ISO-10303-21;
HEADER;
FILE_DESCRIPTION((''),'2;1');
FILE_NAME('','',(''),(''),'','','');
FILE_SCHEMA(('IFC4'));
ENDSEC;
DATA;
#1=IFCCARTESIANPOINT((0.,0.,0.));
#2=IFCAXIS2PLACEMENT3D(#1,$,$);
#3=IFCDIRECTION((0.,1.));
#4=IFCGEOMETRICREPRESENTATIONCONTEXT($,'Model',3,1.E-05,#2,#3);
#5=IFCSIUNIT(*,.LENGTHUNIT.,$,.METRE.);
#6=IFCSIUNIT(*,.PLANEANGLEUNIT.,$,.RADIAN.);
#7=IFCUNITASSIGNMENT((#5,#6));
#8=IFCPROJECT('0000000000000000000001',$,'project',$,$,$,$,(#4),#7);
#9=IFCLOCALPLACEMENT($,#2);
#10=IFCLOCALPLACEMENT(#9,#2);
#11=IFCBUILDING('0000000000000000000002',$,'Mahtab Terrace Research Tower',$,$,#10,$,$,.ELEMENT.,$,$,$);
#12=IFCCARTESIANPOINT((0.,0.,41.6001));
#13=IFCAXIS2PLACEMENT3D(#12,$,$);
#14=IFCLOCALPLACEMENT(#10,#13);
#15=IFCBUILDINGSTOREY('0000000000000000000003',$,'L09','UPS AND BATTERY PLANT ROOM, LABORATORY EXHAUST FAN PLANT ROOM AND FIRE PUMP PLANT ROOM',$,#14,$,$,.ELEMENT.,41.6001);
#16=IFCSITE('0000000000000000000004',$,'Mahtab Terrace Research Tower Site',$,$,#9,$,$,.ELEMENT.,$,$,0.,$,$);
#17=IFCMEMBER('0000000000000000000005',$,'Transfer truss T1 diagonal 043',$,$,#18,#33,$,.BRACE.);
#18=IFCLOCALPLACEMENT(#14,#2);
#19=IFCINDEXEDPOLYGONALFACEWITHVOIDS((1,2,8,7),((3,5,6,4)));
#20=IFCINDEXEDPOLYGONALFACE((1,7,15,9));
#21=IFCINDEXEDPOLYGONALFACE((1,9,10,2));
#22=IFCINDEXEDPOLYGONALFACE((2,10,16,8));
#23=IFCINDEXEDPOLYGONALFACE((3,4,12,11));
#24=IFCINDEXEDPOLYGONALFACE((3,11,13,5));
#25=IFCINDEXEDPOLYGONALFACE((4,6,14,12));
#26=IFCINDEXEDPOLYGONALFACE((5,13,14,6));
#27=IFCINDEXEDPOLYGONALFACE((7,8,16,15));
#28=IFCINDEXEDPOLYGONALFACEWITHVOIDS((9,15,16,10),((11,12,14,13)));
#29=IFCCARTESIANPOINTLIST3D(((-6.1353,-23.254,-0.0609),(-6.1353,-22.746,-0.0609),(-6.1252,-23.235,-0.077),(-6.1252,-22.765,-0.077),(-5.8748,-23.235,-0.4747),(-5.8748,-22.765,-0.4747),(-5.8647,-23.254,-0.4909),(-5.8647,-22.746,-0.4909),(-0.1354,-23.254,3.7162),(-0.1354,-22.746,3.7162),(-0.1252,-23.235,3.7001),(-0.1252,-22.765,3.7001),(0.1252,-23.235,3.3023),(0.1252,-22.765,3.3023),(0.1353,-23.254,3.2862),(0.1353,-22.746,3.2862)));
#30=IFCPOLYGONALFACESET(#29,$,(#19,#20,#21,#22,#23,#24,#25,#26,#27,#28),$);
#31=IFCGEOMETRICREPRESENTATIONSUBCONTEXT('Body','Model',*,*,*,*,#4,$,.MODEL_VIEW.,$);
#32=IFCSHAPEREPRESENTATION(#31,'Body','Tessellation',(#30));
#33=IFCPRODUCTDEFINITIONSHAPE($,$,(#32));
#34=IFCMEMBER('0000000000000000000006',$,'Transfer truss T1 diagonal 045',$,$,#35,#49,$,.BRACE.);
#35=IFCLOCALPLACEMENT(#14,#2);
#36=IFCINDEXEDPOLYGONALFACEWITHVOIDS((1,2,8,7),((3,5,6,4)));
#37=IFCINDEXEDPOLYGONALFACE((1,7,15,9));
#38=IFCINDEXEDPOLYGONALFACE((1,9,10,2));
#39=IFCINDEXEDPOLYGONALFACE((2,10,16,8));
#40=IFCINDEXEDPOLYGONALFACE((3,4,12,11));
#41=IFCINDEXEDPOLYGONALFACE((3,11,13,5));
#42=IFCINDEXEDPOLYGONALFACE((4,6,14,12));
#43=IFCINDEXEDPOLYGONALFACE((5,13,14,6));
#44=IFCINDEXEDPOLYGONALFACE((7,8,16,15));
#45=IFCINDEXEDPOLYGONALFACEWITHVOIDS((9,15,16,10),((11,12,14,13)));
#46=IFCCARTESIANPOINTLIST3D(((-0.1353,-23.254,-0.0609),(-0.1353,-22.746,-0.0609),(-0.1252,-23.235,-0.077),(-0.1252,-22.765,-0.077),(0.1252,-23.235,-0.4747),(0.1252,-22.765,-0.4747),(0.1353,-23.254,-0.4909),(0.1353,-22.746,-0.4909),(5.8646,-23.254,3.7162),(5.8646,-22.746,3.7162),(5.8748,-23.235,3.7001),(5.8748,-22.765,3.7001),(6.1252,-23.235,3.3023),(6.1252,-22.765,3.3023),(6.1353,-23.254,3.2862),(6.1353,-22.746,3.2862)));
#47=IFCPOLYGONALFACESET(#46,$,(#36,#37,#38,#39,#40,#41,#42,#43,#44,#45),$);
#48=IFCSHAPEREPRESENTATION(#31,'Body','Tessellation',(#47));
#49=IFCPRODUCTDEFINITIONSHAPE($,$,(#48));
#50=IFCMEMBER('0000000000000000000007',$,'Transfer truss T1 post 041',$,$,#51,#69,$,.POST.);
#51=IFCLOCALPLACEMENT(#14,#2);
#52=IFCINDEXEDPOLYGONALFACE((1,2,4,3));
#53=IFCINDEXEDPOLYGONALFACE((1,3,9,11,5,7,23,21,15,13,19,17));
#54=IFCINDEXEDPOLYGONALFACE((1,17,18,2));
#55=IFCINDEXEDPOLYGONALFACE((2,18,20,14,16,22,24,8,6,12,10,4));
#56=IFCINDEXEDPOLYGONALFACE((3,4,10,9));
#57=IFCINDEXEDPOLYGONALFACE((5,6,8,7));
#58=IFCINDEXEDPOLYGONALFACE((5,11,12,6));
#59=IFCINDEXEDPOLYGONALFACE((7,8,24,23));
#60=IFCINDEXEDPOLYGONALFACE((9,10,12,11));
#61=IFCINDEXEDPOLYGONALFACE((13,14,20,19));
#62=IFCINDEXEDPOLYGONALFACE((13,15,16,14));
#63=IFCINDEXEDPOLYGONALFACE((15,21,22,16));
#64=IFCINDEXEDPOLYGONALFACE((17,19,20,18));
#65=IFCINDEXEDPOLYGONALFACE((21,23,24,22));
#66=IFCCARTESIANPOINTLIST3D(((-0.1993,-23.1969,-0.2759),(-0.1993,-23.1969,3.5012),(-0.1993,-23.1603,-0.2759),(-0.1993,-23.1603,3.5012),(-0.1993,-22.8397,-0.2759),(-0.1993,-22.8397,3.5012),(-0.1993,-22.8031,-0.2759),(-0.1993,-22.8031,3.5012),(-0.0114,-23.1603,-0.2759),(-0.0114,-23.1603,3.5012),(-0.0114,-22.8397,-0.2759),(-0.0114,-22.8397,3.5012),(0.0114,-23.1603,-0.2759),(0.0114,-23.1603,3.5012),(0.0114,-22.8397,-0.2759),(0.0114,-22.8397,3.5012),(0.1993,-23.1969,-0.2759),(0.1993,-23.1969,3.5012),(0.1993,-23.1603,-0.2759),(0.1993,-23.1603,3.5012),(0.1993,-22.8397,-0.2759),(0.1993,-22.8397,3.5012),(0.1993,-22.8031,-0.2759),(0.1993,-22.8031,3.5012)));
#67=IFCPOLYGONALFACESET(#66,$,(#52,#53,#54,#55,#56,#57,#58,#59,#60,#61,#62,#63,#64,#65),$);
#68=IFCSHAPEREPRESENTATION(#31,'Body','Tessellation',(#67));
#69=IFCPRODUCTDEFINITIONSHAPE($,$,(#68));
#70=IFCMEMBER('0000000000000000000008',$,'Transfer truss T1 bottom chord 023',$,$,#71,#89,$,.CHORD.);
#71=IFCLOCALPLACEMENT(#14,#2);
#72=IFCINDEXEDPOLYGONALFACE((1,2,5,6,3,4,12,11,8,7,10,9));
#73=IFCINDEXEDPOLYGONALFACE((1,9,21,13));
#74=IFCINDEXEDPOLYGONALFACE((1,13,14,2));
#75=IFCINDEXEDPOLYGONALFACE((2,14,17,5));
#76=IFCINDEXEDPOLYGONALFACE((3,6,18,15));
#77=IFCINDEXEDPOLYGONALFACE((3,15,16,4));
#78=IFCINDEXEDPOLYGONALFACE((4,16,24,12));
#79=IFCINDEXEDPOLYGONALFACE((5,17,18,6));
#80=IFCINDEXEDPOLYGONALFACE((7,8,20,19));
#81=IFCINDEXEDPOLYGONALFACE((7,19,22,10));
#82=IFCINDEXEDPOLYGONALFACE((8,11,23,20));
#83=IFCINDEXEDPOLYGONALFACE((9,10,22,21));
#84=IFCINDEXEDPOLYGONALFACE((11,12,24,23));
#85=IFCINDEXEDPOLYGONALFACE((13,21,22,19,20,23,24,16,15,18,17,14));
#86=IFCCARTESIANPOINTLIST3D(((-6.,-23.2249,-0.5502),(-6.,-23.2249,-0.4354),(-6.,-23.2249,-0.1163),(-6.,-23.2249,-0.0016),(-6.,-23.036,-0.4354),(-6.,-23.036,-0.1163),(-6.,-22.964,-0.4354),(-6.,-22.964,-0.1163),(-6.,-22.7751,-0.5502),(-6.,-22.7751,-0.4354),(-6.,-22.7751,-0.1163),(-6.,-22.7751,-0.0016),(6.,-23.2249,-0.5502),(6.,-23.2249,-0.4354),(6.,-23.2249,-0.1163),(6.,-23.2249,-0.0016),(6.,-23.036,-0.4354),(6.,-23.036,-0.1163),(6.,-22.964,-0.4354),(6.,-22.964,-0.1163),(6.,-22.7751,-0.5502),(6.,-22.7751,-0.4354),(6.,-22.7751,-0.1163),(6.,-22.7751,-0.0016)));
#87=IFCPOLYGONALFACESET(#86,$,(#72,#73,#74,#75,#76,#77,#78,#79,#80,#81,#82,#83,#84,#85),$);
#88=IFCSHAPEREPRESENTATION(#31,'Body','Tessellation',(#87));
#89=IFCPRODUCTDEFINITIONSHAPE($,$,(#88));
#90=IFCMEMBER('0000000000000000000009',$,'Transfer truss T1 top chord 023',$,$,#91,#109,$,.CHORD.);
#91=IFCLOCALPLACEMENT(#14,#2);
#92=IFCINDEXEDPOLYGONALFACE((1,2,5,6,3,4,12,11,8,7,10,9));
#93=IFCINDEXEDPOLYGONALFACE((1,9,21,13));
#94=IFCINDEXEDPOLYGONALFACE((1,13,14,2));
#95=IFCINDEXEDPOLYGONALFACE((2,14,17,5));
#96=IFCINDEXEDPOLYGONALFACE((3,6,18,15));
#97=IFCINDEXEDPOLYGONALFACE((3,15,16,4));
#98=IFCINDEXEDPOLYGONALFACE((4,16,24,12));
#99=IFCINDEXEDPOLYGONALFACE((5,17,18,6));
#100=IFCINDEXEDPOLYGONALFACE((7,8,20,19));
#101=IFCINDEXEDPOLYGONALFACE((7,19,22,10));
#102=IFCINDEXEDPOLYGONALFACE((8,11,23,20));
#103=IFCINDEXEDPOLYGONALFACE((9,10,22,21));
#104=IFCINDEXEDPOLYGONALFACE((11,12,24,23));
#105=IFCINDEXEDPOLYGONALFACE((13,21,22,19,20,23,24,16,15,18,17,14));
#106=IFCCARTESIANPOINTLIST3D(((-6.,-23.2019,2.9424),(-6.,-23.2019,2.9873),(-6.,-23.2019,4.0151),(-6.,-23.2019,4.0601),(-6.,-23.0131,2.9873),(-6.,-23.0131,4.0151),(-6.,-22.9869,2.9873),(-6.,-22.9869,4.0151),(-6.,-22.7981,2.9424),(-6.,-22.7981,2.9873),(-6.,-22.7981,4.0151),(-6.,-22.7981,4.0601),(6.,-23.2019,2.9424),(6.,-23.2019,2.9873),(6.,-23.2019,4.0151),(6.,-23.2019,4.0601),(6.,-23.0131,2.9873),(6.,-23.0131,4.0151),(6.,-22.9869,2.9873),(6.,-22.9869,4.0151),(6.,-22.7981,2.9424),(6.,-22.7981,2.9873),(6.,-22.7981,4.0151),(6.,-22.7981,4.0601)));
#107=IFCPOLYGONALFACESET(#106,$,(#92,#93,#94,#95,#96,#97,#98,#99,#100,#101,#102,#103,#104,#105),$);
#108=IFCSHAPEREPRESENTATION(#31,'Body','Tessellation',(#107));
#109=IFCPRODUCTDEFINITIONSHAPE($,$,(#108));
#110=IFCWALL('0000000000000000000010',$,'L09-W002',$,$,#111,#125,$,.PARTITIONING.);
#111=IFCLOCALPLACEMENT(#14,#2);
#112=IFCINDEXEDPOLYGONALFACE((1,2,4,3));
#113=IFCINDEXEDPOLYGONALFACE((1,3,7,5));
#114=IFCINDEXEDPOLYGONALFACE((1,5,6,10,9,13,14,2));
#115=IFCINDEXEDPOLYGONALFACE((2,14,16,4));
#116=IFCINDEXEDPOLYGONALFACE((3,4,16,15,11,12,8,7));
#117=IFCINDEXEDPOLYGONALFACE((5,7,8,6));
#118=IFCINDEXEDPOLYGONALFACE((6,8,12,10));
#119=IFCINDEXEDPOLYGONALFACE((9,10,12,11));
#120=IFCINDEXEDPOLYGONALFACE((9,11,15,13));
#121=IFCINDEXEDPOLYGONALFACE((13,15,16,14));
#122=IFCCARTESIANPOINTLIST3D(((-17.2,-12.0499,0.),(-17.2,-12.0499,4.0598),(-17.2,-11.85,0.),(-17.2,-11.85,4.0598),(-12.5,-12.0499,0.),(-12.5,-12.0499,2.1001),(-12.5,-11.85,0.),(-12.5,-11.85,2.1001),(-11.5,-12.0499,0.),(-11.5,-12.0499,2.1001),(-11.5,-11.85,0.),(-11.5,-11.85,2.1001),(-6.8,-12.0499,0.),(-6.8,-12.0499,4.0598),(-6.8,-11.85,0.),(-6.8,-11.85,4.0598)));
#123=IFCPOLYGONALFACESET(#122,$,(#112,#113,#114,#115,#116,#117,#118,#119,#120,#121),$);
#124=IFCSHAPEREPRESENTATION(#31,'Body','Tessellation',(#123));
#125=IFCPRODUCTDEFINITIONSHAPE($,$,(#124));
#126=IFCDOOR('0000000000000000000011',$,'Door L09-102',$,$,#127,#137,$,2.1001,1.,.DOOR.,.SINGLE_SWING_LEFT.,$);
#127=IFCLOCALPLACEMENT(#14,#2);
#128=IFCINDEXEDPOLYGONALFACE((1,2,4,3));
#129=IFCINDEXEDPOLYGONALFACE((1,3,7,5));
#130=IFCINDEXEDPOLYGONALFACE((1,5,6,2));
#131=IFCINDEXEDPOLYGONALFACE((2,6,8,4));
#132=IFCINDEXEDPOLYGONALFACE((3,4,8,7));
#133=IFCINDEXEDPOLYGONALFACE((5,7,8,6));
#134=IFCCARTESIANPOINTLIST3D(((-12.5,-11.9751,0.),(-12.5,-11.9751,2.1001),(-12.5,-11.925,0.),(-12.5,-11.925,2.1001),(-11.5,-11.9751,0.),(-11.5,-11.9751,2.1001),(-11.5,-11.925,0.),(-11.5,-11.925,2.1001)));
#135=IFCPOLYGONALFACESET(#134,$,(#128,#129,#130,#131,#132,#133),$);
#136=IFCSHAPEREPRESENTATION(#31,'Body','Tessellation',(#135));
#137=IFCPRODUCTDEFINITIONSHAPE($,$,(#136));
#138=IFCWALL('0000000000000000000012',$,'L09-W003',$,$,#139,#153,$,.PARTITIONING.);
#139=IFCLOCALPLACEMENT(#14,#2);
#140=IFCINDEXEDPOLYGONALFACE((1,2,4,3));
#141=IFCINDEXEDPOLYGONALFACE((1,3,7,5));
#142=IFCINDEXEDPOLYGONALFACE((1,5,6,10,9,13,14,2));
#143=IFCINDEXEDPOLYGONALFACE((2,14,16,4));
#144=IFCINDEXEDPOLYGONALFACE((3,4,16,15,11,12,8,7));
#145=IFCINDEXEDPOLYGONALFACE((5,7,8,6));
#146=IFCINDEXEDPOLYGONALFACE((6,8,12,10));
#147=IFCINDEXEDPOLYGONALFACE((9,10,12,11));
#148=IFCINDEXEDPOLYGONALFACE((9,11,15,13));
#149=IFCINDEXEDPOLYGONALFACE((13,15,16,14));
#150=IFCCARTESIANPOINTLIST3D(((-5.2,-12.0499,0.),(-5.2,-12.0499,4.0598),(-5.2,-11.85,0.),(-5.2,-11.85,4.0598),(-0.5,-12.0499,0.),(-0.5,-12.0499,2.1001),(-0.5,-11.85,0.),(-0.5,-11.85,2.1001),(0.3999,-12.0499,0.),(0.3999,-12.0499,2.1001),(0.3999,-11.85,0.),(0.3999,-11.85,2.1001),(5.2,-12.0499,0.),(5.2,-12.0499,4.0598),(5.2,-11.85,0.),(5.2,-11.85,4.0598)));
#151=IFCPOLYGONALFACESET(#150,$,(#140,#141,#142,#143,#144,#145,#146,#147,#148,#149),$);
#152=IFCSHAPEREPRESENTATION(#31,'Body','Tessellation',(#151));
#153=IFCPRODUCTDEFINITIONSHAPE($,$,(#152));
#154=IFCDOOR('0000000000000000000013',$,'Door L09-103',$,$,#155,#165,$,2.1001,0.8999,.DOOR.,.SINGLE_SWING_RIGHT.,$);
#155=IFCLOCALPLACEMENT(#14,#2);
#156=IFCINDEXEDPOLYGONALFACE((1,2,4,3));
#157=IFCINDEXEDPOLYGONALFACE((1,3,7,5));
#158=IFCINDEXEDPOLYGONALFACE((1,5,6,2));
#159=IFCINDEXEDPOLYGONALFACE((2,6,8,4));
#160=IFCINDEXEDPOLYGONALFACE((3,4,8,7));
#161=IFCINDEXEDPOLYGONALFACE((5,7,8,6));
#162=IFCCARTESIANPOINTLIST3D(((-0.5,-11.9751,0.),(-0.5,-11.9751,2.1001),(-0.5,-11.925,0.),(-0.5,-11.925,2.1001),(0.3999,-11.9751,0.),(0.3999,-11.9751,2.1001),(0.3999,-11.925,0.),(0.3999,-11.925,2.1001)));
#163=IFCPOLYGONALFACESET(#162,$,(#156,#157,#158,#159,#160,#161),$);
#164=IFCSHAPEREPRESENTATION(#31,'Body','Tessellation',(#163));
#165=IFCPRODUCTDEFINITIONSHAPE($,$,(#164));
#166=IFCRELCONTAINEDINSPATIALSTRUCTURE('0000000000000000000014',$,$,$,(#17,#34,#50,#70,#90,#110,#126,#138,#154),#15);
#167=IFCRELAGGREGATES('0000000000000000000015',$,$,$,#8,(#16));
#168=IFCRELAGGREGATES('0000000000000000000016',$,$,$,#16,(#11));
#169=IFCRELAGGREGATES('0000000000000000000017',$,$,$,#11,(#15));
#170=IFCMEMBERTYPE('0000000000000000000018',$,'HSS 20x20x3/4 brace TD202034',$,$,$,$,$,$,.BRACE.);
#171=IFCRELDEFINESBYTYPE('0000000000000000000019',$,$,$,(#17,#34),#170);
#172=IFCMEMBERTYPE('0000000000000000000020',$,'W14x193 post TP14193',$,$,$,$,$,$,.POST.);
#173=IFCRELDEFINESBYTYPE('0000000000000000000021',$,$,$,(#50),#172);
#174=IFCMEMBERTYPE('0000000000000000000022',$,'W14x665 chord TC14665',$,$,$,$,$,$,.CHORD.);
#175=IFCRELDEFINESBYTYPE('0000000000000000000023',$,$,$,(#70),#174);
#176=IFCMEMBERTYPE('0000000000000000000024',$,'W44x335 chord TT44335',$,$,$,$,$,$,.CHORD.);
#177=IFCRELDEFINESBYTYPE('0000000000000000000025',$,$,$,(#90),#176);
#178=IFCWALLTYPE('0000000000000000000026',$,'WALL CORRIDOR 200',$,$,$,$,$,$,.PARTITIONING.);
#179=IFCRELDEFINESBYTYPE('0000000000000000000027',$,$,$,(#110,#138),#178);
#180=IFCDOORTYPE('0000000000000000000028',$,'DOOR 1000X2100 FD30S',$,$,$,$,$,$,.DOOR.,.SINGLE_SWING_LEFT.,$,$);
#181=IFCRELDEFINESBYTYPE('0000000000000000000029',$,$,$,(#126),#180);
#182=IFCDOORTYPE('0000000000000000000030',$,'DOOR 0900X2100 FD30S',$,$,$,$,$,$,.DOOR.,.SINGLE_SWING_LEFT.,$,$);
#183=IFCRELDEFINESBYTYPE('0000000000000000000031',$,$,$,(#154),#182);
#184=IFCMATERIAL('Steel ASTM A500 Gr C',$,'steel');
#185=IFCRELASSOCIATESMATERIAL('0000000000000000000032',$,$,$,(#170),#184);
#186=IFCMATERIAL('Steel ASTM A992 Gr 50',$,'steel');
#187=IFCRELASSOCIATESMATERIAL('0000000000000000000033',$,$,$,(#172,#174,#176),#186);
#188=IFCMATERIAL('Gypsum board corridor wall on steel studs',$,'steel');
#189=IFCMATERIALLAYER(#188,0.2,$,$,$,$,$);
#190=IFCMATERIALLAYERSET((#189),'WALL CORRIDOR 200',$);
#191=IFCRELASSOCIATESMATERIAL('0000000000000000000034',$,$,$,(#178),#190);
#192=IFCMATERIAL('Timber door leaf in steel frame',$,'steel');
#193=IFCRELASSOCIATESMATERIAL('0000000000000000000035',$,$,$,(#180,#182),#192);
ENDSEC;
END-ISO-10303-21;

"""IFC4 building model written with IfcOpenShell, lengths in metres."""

from ifc_helpers import new_model, si_unit, direction, frame, frame_2d, origin, origin_2d, place, context, subcontext, project, spatial, rectangle, hollow_rectangle, i_section, extrude, material, layer, layer_set, material_profile, profile_set, type_object, element, fill, save


model = new_model("IFC4")

# Units and contexts
model_context = context("Model", 3, precision=1e-05, world=origin(), true_north=direction((0.0, 1.0)))
body_context = subcontext(model_context, "Body", "Model", "MODEL_VIEW")
ifc_project = project(units=[si_unit("LENGTHUNIT", "METRE"), si_unit("PLANEANGLEUNIT", "RADIAN")], contexts=[model_context])

# Site, building, storey
site_placement = place(None, origin())
site = spatial("IfcSite", under=ifc_project, at=site_placement, Name="Mahtab Terrace Research Tower Site", CompositionType="ELEMENT", RefElevation=0.0)
building_placement = place(site_placement, origin())
building = spatial("IfcBuilding", under=site, at=building_placement, Name="Mahtab Terrace Research Tower", CompositionType="ELEMENT")
storey_placement = place(building_placement, frame((0.0, 0.0, 41.6001)))
storey = spatial("IfcBuildingStorey", under=building, at=storey_placement, Name="L09", Description="UPS AND BATTERY PLANT ROOM, LABORATORY EXHAUST FAN PLANT ROOM AND FIRE PUMP PLANT ROOM", CompositionType="ELEMENT", Elevation=41.6001)

# Members
ifc_material_1 = material(Name="Steel ASTM A500 Gr C", Category="steel")
ifc_material_profile_1 = material_profile(ifc_material_1, hollow_rectangle(XDim=0.5081, YDim=0.5081, WallThickness=0.019, at=origin_2d()), Name="HSS20X20X3/4")
ifc_profile_set_1 = profile_set([ifc_material_profile_1], Name="Steel ASTM A500 Gr C")
member_type_1 = type_object("IfcMemberType", Name="HSS 20x20x3/4 brace TD202034", PredefinedType="BRACE", material=ifc_profile_set_1)
for number, where, z_axis, x_axis, name in (
    (1, (-6.0, -23.0, -0.2759), (0.846276, 0.0, 0.532745), (0.0, 1.0, 0.0), "Transfer truss T1 diagonal 043"),
    (2, (0.0, -23.0, -0.2759), (0.846276, 0.0, 0.532745), (0.0, 1.0, 0.0), "Transfer truss T1 diagonal 045"),
):
    element("IfcMember", number, at=place(storey_placement, frame(where, z_axis=z_axis, x_axis=x_axis)), inside=storey, type_object=member_type_1, Name=name, PredefinedType="BRACE", context=body_context, shape_type="SweptSolid", body=[
        extrude(hollow_rectangle(XDim=0.5081, YDim=0.5081, WallThickness=0.019, at=origin_2d()), origin(), (0.0, 0.0, 1.0), 7.0898),
    ])
ifc_material_2 = material(Name="Steel ASTM A992 Gr 50", Category="steel")
ifc_material_profile_2 = material_profile(ifc_material_2, i_section(OverallWidth=0.3987, OverallDepth=0.3938, WebThickness=0.0227, FlangeThickness=0.0366, at=origin_2d()), Name="W14X193")
ifc_profile_set_2 = profile_set([ifc_material_profile_2], Name="Steel ASTM A992 Gr 50")
member_type_2 = type_object("IfcMemberType", Name="W14x193 post TP14193", PredefinedType="POST", material=ifc_profile_set_2)
member_1_placement = place(storey_placement, frame((0.0, -23.0, -0.2759), z_axis=(0.0, 0.0, 1.0), x_axis=(1.0, 0.0, 0.0)))
element("IfcMember", 3, at=member_1_placement, inside=storey, type_object=member_type_2, Name="Transfer truss T1 post 041", PredefinedType="POST", context=body_context, shape_type="SweptSolid", body=[
    extrude(i_section(OverallWidth=0.3987, OverallDepth=0.3938, WebThickness=0.0227, FlangeThickness=0.0366, at=origin_2d()), origin(), (0.0, 0.0, 1.0), 3.7771),
])
ifc_material_profile_3 = material_profile(ifc_material_2, i_section(OverallWidth=0.4497, OverallDepth=0.5486, WebThickness=0.072, FlangeThickness=0.1147, at=origin_2d()), Name="W14X665")
ifc_profile_set_3 = profile_set([ifc_material_profile_3], Name="Steel ASTM A992 Gr 50")
member_type_3 = type_object("IfcMemberType", Name="W14x665 chord TC14665", PredefinedType="CHORD", material=ifc_profile_set_3)
member_2_placement = place(storey_placement, frame((-6.0, -23.0, -0.2759), z_axis=(1.0, 0.0, 0.0), x_axis=(0.0, 1.0, 0.0)))
element("IfcMember", 4, at=member_2_placement, inside=storey, type_object=member_type_3, Name="Transfer truss T1 bottom chord 023", PredefinedType="CHORD", context=body_context, shape_type="SweptSolid", body=[
    extrude(i_section(OverallWidth=0.4497, OverallDepth=0.5486, WebThickness=0.072, FlangeThickness=0.1147, at=origin_2d()), origin(), (0.0, 0.0, 1.0), 12.0),
])
ifc_material_profile_4 = material_profile(ifc_material_2, i_section(OverallWidth=0.4038, OverallDepth=1.1177, WebThickness=0.0261, FlangeThickness=0.0449, at=origin_2d()), Name="W44X335")
ifc_profile_set_4 = profile_set([ifc_material_profile_4], Name="Steel ASTM A992 Gr 50")
member_type_4 = type_object("IfcMemberType", Name="W44x335 chord TT44335", PredefinedType="CHORD", material=ifc_profile_set_4)
member_3_placement = place(storey_placement, frame((-6.0, -23.0, 3.5012), z_axis=(1.0, 0.0, 0.0), x_axis=(0.0, 1.0, 0.0)))
element("IfcMember", 5, at=member_3_placement, inside=storey, type_object=member_type_4, Name="Transfer truss T1 top chord 023", PredefinedType="CHORD", context=body_context, shape_type="SweptSolid", body=[
    extrude(i_section(OverallWidth=0.4038, OverallDepth=1.1177, WebThickness=0.0261, FlangeThickness=0.0449, at=origin_2d()), origin(), (0.0, 0.0, 1.0), 12.0),
])

# Walls, openings, doors
ifc_material_3 = material(Name="Gypsum board corridor wall on steel studs", Category="steel")
ifc_layer_1 = layer(ifc_material_3, 0.2)
ifc_layer_set_1 = layer_set([ifc_layer_1], Name="WALL CORRIDOR 200")
wall_type_1 = type_object("IfcWallType", Name="WALL CORRIDOR 200", PredefinedType="PARTITIONING", material=ifc_layer_set_1)
wall_1_placement = place(storey_placement, frame((-17.2, -11.95, 0.0), z_axis=(0.0, 0.0, 1.0), x_axis=(1.0, 0.0, 0.0)))
wall_1 = element("IfcWall", 6, at=wall_1_placement, inside=storey, type_object=wall_type_1, Name="L09-W002", PredefinedType="PARTITIONING", context=body_context, shape_type="SweptSolid", body=[
    extrude(rectangle(XDim=10.3999, YDim=0.2, at=frame_2d((5.2, 0.0))), origin(), (0.0, 0.0, 1.0), 4.0598),
])
opening_1_placement = place(wall_1_placement, frame((4.7, 0.0, 0.0)))
opening_1 = element("IfcOpeningElement", 7, at=opening_1_placement, cuts=wall_1, PredefinedType="OPENING", context=body_context, shape_type="SweptSolid", body=[
    extrude(rectangle(XDim=1.0, YDim=2.1001, at=frame_2d((0.5, 1.05))), frame((0.0, 0.1099, 0.0), z_axis=(0.0, -1.0, 0.0), x_axis=(1.0, 0.0, 0.0)), (0.0, 0.0, 1.0), 0.22),
])
ifc_material_4 = material(Name="Timber door leaf in steel frame", Category="steel")
door_type_1 = type_object("IfcDoorType", Name="DOOR 1000X2100 FD30S", OperationType="SINGLE_SWING_LEFT", PredefinedType="DOOR", material=ifc_material_4)
door_1_placement = place(opening_1_placement, origin())
door_1 = element("IfcDoor", 8, at=door_1_placement, inside=storey, type_object=door_type_1, Name="Door L09-102", OperationType="SINGLE_SWING_LEFT", OverallHeight=2.1001, OverallWidth=1.0, PredefinedType="DOOR", context=body_context, shape_type="SweptSolid", body=[
    extrude(rectangle(XDim=1.0, YDim=2.1001, at=frame_2d((0.5, 1.05))), frame((0.0, 0.0249, 0.0), z_axis=(0.0, -1.0, 0.0), x_axis=(1.0, 0.0, 0.0)), (0.0, 0.0, 1.0), 0.05),
])
fill(opening_1, door_1)
wall_2_placement = place(storey_placement, frame((-5.2, -11.95, 0.0), z_axis=(0.0, 0.0, 1.0), x_axis=(1.0, 0.0, 0.0)))
wall_2 = element("IfcWall", 9, at=wall_2_placement, inside=storey, type_object=wall_type_1, Name="L09-W003", PredefinedType="PARTITIONING", context=body_context, shape_type="SweptSolid", body=[
    extrude(rectangle(XDim=10.3999, YDim=0.2, at=frame_2d((5.2, 0.0))), origin(), (0.0, 0.0, 1.0), 4.0598),
])
opening_2_placement = place(wall_2_placement, frame((4.7, 0.0, 0.0)))
opening_2 = element("IfcOpeningElement", 10, at=opening_2_placement, cuts=wall_2, PredefinedType="OPENING", context=body_context, shape_type="SweptSolid", body=[
    extrude(rectangle(XDim=0.8999, YDim=2.1001, at=frame_2d((0.45, 1.05))), frame((0.0, 0.1099, 0.0), z_axis=(0.0, -1.0, 0.0), x_axis=(1.0, 0.0, 0.0)), (0.0, 0.0, 1.0), 0.22),
])
door_type_2 = type_object("IfcDoorType", Name="DOOR 0900X2100 FD30S", OperationType="SINGLE_SWING_LEFT", PredefinedType="DOOR", material=ifc_material_4)
door_2_placement = place(opening_2_placement, origin())
door_2 = element("IfcDoor", 11, at=door_2_placement, inside=storey, type_object=door_type_2, Name="Door L09-103", OperationType="SINGLE_SWING_RIGHT", OverallHeight=2.1001, OverallWidth=0.8999, PredefinedType="DOOR", context=body_context, shape_type="SweptSolid", body=[
    extrude(rectangle(XDim=0.8999, YDim=2.1001, at=frame_2d((0.45, 1.05))), frame((0.0, 0.0249, 0.0), z_axis=(0.0, -1.0, 0.0), x_axis=(1.0, 0.0, 0.0)), (0.0, 0.0, 1.0), 0.05),
])
fill(opening_2, door_2)

save(model, "model.ifc")
